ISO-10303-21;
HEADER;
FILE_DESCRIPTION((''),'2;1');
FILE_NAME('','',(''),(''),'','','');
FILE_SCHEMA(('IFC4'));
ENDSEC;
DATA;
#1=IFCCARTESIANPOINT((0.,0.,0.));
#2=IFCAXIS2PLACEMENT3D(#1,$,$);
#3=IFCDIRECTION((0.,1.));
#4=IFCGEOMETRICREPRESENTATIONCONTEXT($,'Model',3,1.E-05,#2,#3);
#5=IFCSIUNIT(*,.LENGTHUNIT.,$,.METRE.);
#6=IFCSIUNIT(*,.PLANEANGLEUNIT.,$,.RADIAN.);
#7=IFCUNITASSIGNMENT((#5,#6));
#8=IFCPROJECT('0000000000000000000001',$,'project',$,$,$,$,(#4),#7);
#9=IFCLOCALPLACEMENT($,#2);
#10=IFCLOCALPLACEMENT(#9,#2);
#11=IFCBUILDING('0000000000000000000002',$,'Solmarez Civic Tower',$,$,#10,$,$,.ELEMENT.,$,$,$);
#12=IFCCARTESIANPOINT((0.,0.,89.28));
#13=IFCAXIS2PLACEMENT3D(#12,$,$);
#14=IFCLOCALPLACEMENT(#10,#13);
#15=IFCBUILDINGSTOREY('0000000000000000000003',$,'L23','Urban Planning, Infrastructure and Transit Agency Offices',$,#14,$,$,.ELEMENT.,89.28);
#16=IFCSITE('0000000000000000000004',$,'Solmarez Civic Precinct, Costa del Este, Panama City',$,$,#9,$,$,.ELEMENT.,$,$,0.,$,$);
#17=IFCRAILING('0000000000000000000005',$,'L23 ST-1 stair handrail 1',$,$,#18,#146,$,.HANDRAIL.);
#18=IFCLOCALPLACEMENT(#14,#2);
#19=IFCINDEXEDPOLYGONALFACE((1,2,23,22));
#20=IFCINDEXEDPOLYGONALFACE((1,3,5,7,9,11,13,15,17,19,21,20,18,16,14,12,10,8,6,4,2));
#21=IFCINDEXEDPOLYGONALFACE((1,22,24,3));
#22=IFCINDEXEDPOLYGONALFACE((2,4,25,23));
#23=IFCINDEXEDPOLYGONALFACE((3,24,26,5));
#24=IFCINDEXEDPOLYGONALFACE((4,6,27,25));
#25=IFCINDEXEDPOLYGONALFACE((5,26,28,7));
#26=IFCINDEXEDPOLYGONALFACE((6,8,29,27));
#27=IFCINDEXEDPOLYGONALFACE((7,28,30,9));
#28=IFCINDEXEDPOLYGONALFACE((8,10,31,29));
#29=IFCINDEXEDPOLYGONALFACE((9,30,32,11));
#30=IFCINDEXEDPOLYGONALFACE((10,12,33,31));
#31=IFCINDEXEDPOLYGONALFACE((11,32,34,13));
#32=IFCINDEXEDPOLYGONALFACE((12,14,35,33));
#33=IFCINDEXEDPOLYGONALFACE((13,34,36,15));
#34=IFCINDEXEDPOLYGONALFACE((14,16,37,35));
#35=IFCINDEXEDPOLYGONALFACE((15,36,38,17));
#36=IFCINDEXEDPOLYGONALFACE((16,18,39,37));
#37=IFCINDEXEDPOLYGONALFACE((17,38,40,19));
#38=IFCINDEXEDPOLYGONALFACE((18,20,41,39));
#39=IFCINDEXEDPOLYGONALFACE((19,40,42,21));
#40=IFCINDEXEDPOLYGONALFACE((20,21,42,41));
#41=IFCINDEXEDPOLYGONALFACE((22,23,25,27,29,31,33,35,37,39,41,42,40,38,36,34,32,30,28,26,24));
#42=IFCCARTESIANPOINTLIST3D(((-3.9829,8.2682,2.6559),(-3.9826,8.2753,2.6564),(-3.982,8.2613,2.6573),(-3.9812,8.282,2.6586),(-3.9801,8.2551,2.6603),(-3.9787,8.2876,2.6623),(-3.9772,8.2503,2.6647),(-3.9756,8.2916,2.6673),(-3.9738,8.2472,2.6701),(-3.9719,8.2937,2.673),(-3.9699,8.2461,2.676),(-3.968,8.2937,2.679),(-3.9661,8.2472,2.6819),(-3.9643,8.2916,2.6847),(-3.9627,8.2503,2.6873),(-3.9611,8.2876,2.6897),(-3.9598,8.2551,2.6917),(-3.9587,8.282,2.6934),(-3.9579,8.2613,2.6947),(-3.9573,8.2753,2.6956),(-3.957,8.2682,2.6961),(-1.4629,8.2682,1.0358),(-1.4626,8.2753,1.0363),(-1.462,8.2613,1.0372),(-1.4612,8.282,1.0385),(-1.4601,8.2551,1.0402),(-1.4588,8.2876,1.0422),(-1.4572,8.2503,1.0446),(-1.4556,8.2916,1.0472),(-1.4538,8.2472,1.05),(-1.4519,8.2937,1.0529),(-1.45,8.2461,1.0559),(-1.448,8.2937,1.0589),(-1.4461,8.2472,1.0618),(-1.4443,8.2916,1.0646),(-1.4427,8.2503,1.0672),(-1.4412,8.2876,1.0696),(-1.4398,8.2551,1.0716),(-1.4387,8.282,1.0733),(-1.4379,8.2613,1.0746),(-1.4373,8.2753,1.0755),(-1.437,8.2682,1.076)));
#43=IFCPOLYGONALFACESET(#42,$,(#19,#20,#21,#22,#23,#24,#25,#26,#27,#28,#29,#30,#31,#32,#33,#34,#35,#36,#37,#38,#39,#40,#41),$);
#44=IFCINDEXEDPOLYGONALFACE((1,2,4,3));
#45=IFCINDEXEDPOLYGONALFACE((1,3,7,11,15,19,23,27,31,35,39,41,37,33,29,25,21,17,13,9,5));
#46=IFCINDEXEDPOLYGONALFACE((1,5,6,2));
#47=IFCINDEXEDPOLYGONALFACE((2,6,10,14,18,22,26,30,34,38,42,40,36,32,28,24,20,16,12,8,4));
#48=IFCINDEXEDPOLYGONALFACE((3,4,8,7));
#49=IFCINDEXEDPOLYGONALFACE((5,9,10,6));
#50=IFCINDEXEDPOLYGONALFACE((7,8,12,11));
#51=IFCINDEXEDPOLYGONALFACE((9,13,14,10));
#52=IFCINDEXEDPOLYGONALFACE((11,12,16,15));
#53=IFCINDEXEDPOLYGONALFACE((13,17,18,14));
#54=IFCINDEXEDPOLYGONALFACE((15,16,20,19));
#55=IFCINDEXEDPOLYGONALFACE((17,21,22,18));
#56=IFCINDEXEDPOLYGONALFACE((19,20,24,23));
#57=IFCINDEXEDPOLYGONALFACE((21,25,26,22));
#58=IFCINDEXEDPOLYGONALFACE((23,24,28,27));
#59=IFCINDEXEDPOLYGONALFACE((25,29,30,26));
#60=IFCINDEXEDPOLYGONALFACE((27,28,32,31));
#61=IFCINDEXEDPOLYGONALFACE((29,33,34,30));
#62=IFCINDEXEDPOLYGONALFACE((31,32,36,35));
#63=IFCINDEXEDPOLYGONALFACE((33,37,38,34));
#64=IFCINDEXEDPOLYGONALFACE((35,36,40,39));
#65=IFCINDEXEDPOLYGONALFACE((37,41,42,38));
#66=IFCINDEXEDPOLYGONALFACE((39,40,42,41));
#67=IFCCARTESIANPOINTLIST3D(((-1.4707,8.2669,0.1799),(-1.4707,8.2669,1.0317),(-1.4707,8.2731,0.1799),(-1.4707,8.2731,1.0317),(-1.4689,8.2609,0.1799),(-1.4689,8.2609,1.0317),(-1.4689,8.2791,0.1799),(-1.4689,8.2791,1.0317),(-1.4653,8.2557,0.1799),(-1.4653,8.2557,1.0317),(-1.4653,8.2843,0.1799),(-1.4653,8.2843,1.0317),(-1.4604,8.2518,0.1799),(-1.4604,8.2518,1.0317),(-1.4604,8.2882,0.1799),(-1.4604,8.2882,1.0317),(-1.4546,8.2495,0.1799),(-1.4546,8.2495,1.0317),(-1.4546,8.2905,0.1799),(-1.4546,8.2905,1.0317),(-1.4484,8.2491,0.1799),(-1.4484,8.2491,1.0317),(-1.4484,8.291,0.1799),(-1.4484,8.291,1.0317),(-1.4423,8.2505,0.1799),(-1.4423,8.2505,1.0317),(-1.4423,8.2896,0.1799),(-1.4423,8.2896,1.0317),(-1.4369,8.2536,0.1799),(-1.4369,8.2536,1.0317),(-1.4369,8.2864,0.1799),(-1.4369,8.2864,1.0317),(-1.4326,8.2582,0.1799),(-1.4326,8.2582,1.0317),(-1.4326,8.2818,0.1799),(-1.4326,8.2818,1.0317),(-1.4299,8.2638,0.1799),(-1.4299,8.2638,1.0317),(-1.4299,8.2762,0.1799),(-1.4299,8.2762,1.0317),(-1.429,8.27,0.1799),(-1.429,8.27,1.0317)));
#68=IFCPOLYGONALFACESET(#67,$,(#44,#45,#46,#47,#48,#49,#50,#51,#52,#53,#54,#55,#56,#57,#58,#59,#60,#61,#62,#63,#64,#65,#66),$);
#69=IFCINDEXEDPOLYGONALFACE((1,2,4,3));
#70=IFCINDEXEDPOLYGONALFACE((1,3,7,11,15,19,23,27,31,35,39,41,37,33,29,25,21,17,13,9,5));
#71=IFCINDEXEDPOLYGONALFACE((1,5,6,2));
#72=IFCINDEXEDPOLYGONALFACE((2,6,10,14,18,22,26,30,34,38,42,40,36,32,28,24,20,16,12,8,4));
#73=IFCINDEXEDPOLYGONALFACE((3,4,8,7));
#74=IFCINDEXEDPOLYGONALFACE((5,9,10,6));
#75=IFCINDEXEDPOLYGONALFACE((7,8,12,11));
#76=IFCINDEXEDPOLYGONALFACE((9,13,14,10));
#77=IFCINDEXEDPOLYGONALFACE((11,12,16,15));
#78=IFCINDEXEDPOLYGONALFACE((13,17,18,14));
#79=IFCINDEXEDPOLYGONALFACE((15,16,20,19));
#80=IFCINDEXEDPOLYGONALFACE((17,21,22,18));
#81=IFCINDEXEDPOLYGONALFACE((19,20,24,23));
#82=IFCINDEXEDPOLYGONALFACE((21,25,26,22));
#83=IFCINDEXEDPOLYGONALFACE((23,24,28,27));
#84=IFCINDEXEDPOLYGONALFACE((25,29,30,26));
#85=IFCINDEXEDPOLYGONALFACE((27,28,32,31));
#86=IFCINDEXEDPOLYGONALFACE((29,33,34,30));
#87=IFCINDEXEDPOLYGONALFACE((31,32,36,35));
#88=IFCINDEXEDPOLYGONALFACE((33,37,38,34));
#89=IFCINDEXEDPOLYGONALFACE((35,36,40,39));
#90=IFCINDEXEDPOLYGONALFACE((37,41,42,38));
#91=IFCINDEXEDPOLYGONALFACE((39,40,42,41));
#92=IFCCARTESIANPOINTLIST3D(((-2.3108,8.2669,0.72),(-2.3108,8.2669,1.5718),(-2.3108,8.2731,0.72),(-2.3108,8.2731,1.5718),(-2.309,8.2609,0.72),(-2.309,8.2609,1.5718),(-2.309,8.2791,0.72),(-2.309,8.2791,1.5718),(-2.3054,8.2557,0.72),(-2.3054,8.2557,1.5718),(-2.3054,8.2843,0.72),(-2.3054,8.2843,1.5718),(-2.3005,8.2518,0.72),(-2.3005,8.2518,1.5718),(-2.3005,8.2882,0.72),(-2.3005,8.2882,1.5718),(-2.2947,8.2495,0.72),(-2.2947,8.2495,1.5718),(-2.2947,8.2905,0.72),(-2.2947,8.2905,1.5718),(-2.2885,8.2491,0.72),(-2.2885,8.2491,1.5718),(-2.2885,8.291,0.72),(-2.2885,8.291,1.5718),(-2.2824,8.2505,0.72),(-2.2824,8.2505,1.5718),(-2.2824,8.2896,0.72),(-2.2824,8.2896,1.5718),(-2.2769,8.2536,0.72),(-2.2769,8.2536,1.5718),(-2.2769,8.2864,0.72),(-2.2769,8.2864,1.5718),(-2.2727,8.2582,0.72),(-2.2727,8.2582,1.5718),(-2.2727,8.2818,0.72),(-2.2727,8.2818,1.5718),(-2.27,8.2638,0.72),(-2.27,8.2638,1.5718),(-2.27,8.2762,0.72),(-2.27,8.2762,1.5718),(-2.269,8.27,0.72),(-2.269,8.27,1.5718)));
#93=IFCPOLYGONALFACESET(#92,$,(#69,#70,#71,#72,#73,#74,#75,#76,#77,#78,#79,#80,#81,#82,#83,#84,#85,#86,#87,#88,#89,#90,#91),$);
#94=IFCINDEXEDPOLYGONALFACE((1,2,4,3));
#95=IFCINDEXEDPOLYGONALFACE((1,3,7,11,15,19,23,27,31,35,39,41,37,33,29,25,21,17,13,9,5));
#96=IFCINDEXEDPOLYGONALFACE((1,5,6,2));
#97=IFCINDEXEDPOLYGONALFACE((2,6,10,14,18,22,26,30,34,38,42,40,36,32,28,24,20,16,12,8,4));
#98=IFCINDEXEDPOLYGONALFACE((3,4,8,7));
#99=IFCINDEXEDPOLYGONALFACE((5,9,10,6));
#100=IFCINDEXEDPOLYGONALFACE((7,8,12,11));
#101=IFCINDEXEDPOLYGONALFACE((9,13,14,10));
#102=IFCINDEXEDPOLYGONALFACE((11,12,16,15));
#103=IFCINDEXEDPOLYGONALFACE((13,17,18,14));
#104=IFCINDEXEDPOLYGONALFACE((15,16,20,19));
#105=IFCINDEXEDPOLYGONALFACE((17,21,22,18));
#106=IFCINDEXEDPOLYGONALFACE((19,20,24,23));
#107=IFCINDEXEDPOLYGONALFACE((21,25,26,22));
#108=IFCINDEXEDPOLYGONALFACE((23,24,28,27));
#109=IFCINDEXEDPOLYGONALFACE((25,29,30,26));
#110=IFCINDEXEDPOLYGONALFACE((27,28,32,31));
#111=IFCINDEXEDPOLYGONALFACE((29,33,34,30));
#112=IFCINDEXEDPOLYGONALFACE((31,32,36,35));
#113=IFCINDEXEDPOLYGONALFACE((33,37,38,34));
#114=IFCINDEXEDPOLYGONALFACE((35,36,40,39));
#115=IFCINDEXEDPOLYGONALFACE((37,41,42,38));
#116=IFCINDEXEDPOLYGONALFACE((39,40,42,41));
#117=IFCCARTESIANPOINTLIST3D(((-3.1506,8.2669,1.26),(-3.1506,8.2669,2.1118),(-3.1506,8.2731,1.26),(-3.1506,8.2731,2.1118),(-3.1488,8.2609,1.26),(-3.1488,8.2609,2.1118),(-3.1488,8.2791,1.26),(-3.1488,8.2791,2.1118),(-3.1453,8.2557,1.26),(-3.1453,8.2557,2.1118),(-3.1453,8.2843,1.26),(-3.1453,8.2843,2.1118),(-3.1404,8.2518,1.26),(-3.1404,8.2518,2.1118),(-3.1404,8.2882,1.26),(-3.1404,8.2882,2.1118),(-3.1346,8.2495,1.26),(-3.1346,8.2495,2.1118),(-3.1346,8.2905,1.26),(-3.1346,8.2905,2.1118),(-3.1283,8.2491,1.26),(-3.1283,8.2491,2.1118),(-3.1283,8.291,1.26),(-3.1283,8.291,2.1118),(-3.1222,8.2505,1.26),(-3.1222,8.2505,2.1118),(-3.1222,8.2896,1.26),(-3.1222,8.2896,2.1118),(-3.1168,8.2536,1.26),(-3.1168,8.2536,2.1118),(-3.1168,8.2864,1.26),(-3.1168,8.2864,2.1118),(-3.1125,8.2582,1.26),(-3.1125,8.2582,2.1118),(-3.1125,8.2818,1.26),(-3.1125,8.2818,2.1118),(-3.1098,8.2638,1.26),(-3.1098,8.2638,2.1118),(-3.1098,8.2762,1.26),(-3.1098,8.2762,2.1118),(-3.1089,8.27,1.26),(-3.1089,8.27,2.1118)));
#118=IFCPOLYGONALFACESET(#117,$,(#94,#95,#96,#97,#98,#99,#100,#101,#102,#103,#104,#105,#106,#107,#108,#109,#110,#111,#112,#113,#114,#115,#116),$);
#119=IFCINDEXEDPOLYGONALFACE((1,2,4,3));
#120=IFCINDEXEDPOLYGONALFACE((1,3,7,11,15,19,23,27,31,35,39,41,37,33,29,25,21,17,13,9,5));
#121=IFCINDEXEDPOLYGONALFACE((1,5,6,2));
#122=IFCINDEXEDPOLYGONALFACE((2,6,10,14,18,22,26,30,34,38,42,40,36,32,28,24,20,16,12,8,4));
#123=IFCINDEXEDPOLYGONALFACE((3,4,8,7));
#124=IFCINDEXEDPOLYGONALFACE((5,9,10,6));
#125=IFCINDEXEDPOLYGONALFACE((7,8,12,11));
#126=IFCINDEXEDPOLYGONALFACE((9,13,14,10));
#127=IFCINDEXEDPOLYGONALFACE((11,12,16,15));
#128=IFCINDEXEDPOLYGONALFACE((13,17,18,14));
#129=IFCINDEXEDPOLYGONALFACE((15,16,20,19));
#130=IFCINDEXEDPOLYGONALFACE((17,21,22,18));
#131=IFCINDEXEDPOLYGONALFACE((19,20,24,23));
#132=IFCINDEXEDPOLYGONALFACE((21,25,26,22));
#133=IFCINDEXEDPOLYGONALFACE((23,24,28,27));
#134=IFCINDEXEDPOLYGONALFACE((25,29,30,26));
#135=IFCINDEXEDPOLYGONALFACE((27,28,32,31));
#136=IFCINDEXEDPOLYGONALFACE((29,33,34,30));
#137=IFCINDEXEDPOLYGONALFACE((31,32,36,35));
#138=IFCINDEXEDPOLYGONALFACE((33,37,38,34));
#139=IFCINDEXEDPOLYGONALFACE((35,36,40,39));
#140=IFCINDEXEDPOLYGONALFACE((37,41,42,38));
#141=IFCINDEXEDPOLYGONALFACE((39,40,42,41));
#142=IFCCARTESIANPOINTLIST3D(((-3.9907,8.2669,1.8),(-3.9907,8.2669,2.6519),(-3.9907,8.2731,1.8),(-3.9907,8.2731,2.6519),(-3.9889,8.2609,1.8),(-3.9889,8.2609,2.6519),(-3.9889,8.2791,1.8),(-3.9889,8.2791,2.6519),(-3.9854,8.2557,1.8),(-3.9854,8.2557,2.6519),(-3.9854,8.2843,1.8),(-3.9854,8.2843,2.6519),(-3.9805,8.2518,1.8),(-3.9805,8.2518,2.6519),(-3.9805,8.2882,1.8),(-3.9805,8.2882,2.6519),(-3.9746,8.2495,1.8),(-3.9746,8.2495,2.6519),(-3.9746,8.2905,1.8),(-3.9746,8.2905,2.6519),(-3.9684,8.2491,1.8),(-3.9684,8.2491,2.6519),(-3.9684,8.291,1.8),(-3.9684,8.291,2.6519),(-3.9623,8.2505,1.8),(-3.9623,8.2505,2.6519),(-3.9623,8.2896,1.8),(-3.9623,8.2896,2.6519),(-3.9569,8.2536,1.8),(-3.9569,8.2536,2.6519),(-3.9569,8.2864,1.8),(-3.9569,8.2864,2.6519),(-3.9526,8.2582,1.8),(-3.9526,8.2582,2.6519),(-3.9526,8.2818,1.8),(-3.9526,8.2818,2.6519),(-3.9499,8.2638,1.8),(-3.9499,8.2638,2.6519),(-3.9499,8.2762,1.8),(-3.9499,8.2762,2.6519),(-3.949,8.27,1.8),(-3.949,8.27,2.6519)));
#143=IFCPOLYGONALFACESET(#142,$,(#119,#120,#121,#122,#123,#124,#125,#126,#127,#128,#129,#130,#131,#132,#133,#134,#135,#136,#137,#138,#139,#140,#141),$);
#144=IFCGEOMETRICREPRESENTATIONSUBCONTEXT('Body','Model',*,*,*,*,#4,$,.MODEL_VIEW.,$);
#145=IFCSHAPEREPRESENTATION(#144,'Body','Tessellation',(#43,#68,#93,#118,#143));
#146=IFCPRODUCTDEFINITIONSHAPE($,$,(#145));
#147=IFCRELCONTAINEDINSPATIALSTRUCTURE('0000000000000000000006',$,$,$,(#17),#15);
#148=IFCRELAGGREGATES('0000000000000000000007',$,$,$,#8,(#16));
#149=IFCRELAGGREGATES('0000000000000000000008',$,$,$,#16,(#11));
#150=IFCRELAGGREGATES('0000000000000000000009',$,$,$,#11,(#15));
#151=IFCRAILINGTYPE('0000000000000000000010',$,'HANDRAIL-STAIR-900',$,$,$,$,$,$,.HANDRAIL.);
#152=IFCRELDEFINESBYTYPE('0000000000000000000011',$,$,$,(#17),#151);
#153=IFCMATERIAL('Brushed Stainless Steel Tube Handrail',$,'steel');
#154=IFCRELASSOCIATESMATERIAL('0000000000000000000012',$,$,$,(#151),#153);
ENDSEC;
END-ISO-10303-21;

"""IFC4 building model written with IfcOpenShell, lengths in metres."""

from ifc_helpers import new_model, si_unit, direction, frame, origin, origin_2d, place, context, subcontext, project, spatial, circle, extrude, material, type_object, element, save


model = new_model("IFC4")

# Units and contexts
model_context = context("Model", 3, precision=1e-05, world=origin(), true_north=direction((0.0, 1.0)))
body_context = subcontext(model_context, "Body", "Model", "MODEL_VIEW")
ifc_project = project(units=[si_unit("LENGTHUNIT", "METRE"), si_unit("PLANEANGLEUNIT", "RADIAN")], contexts=[model_context])

# Site, building, storey
site_placement = place(None, origin())
site = spatial("IfcSite", under=ifc_project, at=site_placement, Name="Solmarez Civic Precinct, Costa del Este, Panama City", CompositionType="ELEMENT", RefElevation=0.0)
building_placement = place(site_placement, origin())
building = spatial("IfcBuilding", under=site, at=building_placement, Name="Solmarez Civic Tower", CompositionType="ELEMENT")
storey_placement = place(building_placement, frame((0.0, 0.0, 89.28)))
storey = spatial("IfcBuildingStorey", under=building, at=storey_placement, Name="L23", Description="Urban Planning, Infrastructure and Transit Agency Offices", CompositionType="ELEMENT", Elevation=89.28)

# Railing
ifc_material_1 = material(Name="Brushed Stainless Steel Tube Handrail", Category="steel")
railing_type_1 = type_object("IfcRailingType", Name="HANDRAIL-STAIR-900", PredefinedType="HANDRAIL", material=ifc_material_1)
railing_1_placement = place(storey_placement, frame((-1.45, 8.27, 0.1799)))
element("IfcRailing", 1, at=railing_1_placement, inside=storey, type_object=railing_type_1, Name="L23 ST-1 stair handrail 1", PredefinedType="HANDRAIL", context=body_context, shape_type="SweptSolid", body=[
    extrude(circle(Radius=0.0239, at=origin_2d()), frame((0.0, 0.0, 0.876), z_axis=(-0.841163, 0.0, 0.540782), x_axis=(0.0, -1.0, 0.0)), (0.0, 0.0, 1.0), 2.9958),
    extrude(circle(Radius=0.021, at=origin_2d()), origin(), (0.0, 0.0, 1.0), 0.8518),
    extrude(circle(Radius=0.021, at=origin_2d()), frame((-0.8401, 0.0, 0.54)), (0.0, 0.0, 1.0), 0.8518),
    extrude(circle(Radius=0.021, at=origin_2d()), frame((-1.6799, 0.0, 1.0801)), (0.0, 0.0, 1.0), 0.8518),
    extrude(circle(Radius=0.021, at=origin_2d()), frame((-2.52, 0.0, 1.6201)), (0.0, 0.0, 1.0), 0.8518),
])

save(model, "model.ifc")
